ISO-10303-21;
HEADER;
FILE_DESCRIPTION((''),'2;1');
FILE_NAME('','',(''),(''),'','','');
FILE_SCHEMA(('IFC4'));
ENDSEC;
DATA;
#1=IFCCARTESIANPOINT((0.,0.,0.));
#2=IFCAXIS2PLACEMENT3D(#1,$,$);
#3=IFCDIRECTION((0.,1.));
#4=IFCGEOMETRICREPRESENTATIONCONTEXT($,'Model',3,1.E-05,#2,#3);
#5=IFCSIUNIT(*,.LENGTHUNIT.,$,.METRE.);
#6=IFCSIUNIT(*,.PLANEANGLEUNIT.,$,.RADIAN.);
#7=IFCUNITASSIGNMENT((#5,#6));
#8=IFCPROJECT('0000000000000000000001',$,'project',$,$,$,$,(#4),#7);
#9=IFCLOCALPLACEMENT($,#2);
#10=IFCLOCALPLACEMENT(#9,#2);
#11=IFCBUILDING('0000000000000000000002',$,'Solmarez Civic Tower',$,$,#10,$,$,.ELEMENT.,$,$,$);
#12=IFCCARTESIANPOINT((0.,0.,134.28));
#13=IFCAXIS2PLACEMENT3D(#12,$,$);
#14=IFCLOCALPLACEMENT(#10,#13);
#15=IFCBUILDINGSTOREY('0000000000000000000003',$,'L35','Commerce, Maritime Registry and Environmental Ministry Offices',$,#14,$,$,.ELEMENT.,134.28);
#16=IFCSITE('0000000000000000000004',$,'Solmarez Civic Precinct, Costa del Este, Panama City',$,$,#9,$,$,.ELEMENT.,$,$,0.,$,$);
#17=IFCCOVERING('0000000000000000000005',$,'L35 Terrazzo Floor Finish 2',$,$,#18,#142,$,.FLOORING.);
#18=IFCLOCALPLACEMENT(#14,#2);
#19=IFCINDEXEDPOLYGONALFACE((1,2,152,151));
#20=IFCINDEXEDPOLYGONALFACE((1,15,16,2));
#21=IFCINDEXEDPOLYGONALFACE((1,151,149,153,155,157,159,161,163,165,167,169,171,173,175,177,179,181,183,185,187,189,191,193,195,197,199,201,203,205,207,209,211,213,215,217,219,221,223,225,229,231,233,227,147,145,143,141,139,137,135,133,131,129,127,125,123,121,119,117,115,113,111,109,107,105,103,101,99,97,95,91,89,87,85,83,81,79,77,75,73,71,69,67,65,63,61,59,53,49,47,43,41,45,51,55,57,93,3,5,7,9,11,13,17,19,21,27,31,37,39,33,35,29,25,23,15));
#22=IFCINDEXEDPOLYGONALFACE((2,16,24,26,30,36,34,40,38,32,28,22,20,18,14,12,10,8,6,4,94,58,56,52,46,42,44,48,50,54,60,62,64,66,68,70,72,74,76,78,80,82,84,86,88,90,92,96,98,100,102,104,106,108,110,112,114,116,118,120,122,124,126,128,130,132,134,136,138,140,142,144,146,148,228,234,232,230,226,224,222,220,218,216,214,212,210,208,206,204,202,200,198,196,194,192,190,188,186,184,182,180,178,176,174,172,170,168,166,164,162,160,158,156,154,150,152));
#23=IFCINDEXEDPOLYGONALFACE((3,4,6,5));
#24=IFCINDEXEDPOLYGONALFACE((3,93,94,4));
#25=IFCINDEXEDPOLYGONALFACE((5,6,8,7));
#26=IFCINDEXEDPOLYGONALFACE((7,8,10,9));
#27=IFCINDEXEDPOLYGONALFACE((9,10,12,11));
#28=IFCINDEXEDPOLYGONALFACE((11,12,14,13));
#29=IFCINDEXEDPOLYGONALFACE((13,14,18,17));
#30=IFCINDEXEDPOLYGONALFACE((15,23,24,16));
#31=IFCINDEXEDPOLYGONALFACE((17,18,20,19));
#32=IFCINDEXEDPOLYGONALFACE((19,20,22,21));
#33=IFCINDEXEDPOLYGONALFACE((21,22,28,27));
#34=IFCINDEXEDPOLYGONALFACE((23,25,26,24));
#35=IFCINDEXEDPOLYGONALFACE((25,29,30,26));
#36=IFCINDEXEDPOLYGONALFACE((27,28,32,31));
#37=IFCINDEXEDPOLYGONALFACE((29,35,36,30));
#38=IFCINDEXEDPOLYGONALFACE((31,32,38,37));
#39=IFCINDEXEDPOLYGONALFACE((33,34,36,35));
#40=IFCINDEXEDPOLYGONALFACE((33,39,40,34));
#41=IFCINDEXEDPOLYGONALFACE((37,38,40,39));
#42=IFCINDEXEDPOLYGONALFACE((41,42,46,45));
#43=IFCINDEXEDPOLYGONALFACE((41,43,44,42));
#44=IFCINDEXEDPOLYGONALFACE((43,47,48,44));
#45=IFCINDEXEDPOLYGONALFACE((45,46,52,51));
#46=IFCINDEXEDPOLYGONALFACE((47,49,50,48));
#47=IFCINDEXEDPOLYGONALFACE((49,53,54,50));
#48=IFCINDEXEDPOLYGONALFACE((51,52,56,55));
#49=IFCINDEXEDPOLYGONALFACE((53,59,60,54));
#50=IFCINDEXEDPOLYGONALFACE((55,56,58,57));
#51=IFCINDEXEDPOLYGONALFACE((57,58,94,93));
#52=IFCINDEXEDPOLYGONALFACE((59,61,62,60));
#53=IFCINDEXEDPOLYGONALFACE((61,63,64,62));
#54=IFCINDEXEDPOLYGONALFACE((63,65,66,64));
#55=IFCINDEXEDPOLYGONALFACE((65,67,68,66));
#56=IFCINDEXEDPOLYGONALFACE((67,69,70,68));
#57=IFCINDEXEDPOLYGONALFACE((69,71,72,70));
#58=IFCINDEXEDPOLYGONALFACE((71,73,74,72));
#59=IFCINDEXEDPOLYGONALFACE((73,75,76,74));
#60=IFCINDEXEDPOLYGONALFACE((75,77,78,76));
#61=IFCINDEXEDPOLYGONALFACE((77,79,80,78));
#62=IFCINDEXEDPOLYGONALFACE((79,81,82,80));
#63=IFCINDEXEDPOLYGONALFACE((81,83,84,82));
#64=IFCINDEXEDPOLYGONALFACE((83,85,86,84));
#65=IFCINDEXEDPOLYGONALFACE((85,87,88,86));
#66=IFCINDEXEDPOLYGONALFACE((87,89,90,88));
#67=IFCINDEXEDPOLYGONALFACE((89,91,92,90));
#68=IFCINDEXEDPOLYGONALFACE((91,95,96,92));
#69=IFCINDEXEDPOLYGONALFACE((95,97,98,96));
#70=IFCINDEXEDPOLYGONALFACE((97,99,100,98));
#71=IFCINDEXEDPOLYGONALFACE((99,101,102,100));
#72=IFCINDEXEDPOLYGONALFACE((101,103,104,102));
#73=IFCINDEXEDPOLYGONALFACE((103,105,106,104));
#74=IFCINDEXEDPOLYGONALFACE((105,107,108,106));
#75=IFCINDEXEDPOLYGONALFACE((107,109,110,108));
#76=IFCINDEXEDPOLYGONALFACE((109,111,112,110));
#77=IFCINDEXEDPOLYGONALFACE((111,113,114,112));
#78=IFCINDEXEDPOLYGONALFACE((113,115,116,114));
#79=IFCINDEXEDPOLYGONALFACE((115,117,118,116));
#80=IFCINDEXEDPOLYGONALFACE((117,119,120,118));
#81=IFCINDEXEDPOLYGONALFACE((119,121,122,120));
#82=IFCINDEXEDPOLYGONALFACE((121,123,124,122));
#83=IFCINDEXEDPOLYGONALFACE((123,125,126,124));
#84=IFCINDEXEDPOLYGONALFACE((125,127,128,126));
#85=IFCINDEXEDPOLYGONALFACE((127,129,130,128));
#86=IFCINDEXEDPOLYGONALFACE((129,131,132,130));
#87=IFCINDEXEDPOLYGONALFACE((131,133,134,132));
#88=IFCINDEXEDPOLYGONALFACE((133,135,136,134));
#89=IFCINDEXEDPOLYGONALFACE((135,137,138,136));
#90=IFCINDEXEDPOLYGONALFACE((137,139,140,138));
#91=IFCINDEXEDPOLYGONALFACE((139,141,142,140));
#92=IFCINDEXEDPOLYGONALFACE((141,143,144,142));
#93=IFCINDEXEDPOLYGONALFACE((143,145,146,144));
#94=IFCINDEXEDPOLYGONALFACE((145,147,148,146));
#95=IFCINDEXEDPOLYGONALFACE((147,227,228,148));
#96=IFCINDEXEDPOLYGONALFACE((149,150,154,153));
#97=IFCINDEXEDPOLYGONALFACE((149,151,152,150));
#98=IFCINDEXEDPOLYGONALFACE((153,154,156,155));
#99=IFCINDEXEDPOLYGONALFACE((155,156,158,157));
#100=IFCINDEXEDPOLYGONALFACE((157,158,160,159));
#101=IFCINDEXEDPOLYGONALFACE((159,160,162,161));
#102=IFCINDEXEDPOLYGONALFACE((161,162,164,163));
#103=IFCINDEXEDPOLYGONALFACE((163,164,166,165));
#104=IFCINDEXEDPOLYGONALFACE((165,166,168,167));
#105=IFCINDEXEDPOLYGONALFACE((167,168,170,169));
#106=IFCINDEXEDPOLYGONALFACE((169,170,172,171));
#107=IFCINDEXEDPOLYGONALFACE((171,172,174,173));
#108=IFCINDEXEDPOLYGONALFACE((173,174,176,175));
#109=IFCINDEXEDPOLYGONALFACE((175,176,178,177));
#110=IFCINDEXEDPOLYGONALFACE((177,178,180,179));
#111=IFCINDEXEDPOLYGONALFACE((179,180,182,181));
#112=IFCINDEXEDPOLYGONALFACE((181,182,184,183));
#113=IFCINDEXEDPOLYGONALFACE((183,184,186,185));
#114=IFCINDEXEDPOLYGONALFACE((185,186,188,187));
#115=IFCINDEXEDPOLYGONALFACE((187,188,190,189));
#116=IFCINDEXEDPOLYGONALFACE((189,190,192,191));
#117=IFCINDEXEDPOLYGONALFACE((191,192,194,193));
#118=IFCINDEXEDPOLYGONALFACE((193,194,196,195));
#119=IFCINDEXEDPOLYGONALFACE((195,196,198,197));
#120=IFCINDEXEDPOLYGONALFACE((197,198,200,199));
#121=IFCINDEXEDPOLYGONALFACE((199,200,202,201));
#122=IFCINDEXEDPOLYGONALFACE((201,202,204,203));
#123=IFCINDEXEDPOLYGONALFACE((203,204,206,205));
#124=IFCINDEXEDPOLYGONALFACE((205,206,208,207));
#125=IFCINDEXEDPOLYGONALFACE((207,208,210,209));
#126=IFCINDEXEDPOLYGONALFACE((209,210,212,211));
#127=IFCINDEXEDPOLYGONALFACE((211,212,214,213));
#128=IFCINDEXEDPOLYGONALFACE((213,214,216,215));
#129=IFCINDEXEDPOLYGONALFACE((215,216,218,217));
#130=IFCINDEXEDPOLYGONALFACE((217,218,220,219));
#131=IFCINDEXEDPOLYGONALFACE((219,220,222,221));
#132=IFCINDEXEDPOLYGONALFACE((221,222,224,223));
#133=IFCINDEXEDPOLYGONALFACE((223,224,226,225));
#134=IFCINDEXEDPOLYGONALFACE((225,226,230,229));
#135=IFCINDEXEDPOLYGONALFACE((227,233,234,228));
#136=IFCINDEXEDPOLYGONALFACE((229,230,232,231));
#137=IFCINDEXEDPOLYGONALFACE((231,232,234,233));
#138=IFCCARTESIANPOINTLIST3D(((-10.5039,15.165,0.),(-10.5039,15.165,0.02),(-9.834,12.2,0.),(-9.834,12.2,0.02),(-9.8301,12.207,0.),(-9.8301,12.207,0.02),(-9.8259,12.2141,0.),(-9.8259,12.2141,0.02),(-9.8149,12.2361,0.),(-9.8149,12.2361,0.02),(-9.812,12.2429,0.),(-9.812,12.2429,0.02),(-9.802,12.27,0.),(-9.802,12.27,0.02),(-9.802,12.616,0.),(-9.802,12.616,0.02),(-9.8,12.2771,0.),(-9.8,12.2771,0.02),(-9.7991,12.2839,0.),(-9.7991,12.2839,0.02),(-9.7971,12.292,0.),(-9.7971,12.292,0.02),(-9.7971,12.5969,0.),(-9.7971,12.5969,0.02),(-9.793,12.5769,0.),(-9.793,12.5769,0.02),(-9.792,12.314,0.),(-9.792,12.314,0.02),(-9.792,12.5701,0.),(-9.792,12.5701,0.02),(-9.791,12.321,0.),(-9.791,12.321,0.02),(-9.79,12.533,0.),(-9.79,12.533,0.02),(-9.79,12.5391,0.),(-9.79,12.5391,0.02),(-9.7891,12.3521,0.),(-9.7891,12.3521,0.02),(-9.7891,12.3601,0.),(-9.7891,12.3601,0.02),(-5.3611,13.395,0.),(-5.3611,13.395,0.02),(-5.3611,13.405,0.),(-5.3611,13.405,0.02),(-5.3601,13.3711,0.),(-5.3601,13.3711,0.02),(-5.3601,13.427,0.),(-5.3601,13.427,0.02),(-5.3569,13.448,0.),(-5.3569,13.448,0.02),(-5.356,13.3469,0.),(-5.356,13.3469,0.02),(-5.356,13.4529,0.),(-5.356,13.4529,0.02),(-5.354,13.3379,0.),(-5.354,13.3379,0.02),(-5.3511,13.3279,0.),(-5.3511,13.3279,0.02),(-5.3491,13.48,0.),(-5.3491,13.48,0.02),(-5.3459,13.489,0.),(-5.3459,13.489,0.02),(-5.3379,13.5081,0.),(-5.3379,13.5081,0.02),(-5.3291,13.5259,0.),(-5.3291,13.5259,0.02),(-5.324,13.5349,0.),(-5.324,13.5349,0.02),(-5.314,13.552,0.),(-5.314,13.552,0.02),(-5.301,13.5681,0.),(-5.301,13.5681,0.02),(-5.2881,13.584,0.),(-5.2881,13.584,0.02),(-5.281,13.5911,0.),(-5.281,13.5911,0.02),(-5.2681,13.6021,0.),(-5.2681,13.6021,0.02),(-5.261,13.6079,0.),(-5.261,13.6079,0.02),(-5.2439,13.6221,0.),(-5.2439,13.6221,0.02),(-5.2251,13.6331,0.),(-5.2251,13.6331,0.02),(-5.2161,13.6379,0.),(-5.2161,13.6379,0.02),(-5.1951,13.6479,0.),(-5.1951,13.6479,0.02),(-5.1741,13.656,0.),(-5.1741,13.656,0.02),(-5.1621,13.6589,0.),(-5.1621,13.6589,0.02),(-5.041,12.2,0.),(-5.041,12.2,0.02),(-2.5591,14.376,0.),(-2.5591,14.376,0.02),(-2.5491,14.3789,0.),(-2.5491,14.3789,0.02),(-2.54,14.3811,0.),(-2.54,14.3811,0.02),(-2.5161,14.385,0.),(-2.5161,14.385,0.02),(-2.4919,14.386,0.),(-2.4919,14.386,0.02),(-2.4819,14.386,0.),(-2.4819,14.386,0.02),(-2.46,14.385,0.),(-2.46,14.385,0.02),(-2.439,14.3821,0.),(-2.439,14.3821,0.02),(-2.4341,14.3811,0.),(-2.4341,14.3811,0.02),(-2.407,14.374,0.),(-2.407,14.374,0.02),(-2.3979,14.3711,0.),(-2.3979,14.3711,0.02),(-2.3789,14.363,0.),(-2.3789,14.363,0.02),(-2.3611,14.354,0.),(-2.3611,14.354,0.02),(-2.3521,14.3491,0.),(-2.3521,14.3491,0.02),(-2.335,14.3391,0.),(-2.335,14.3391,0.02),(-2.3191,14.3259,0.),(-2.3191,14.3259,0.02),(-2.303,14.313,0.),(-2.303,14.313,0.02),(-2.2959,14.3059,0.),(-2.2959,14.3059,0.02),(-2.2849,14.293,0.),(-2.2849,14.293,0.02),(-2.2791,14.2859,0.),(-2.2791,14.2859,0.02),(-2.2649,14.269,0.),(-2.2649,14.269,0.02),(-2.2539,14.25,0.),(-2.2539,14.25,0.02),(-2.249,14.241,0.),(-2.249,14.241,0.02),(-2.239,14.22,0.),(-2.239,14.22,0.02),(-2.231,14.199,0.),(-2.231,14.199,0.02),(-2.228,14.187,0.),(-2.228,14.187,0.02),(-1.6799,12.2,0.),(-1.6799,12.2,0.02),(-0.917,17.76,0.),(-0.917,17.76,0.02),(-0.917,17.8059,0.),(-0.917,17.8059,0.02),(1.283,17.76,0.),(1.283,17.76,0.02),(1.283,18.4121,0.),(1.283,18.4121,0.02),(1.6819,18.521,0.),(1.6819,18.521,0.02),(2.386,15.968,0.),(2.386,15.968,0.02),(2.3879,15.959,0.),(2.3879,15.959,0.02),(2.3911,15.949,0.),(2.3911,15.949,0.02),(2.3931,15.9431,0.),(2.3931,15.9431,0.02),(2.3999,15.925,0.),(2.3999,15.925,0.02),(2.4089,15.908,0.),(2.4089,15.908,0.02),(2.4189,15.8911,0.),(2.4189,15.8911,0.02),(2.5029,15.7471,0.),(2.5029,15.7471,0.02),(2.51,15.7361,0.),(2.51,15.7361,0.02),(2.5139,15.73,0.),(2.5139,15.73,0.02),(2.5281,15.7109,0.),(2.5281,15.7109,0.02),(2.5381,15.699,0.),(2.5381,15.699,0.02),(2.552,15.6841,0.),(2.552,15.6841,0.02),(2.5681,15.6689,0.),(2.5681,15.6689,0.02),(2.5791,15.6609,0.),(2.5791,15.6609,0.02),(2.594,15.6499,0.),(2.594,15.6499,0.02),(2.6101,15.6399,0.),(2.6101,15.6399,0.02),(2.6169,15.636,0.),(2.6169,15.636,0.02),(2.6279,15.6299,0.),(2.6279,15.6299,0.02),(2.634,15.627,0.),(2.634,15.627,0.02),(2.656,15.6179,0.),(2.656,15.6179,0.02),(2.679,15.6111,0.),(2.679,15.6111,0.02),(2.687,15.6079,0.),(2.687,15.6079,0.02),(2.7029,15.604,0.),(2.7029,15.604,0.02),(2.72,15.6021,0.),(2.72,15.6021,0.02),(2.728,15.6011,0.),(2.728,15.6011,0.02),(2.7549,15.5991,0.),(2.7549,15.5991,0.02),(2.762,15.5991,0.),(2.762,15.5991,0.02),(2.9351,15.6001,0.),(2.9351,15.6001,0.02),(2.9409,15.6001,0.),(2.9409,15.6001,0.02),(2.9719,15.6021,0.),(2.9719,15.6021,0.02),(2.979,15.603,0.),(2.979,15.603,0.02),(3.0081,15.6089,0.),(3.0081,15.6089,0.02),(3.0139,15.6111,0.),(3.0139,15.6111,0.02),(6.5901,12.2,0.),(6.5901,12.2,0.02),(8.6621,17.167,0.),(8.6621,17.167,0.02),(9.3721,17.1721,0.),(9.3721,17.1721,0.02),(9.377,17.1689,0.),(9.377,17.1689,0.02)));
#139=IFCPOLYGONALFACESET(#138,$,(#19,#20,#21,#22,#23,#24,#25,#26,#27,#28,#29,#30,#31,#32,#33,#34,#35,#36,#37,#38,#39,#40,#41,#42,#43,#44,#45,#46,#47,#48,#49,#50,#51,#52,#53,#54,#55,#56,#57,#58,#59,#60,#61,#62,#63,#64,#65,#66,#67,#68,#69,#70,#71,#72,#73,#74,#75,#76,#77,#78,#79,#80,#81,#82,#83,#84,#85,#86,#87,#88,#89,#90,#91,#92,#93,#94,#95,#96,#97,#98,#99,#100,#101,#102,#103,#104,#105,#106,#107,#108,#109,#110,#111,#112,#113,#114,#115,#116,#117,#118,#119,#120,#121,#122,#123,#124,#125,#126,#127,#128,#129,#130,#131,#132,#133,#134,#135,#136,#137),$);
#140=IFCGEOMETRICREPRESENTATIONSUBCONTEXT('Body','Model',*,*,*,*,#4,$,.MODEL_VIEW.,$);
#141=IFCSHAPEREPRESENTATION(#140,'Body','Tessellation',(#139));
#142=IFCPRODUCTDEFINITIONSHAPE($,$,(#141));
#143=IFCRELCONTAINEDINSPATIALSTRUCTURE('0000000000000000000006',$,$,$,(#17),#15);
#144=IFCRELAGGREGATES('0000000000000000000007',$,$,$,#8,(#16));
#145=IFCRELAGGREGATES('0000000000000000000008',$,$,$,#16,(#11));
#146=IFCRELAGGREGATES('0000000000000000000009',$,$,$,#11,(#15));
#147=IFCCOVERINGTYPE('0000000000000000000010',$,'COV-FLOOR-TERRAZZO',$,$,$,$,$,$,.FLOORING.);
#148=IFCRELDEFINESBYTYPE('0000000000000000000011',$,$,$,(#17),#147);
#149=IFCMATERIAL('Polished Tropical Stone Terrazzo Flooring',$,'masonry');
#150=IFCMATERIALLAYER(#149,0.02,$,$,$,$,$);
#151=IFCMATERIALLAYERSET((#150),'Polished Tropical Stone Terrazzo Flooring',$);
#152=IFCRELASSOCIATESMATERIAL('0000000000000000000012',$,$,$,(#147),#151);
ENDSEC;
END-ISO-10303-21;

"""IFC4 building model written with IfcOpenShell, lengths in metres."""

from ifc_helpers import new_model, si_unit, direction, frame, origin, place, context, subcontext, project, spatial, polyline, outline, extrude, material, layer, layer_set, type_object, element, save


model = new_model("IFC4")

# Units and contexts
model_context = context("Model", 3, precision=1e-05, world=origin(), true_north=direction((0.0, 1.0)))
body_context = subcontext(model_context, "Body", "Model", "MODEL_VIEW")
ifc_project = project(units=[si_unit("LENGTHUNIT", "METRE"), si_unit("PLANEANGLEUNIT", "RADIAN")], contexts=[model_context])

# Site, building, storey
site_placement = place(None, origin())
site = spatial("IfcSite", under=ifc_project, at=site_placement, Name="Solmarez Civic Precinct, Costa del Este, Panama City", CompositionType="ELEMENT", RefElevation=0.0)
building_placement = place(site_placement, origin())
building = spatial("IfcBuilding", under=site, at=building_placement, Name="Solmarez Civic Tower", CompositionType="ELEMENT")
storey_placement = place(building_placement, frame((0.0, 0.0, 134.28)))
storey = spatial("IfcBuildingStorey", under=building, at=storey_placement, Name="L35", Description="Commerce, Maritime Registry and Environmental Ministry Offices", CompositionType="ELEMENT", Elevation=134.28)

# Covering
ifc_material_1 = material(Name="Polished Tropical Stone Terrazzo Flooring", Category="masonry")
ifc_layer_1 = layer(ifc_material_1, 0.02)
ifc_layer_set_1 = layer_set([ifc_layer_1], Name="Polished Tropical Stone Terrazzo Flooring")
covering_type_1 = type_object("IfcCoveringType", Name="COV-FLOOR-TERRAZZO", PredefinedType="FLOORING", material=ifc_layer_set_1)
covering_1_placement = place(storey_placement, origin())
element("IfcCovering", 1, at=covering_1_placement, inside=storey, type_object=covering_type_1, Name="L35 Terrazzo Floor Finish 2", PredefinedType="FLOORING", context=body_context, shape_type="SweptSolid", body=[
    extrude(outline(polyline([(-10.5039, 15.165), (-9.802, 12.616), (-9.7971, 12.5969), (-9.793, 12.5769), (-9.792, 12.5701), (-9.79, 12.5391), (-9.79, 12.533), (-9.7891, 12.3601), (-9.7891, 12.3521), (-9.791, 12.321), (-9.792, 12.314), (-9.7971, 12.292), (-9.7991, 12.2839), (-9.8, 12.2771), (-9.802, 12.27), (-9.812, 12.2429), (-9.8149, 12.2361), (-9.8259, 12.2141), (-9.8301, 12.207), (-9.834, 12.2), (-5.041, 12.2), (-5.3511, 13.3279), (-5.354, 13.3379), (-5.356, 13.3469), (-5.3601, 13.3711), (-5.3611, 13.395), (-5.3611, 13.405), (-5.3601, 13.427), (-5.3569, 13.448), (-5.356, 13.4529), (-5.3491, 13.48), (-5.3459, 13.489), (-5.3379, 13.5081), (-5.3291, 13.5259), (-5.324, 13.5349), (-5.314, 13.552), (-5.301, 13.5681), (-5.2881, 13.584), (-5.281, 13.5911), (-5.2681, 13.6021), (-5.261, 13.6079), (-5.2439, 13.6221), (-5.2251, 13.6331), (-5.2161, 13.6379), (-5.1951, 13.6479), (-5.1741, 13.656), (-5.1621, 13.6589), (-2.5591, 14.376), (-2.5491, 14.3789), (-2.54, 14.3811), (-2.5161, 14.385), (-2.4919, 14.386), (-2.4819, 14.386), (-2.46, 14.385), (-2.439, 14.3821), (-2.4341, 14.3811), (-2.407, 14.374), (-2.3979, 14.3711), (-2.3789, 14.363), (-2.3611, 14.354), (-2.3521, 14.3491), (-2.335, 14.3391), (-2.3191, 14.3259), (-2.303, 14.313), (-2.2959, 14.3059), (-2.2849, 14.293), (-2.2791, 14.2859), (-2.2649, 14.269), (-2.2539, 14.25), (-2.249, 14.241), (-2.239, 14.22), (-2.231, 14.199), (-2.228, 14.187), (-1.6799, 12.2), (6.5901, 12.2), (9.377, 17.1689), (9.3721, 17.1721), (8.6621, 17.167), (3.0139, 15.6111), (3.0081, 15.6089), (2.979, 15.603), (2.9719, 15.6021), (2.9409, 15.6001), (2.9351, 15.6001), (2.762, 15.5991), (2.7549, 15.5991), (2.728, 15.6011), (2.72, 15.6021), (2.7029, 15.604), (2.687, 15.6079), (2.679, 15.6111), (2.656, 15.6179), (2.634, 15.627), (2.6279, 15.6299), (2.6169, 15.636), (2.6101, 15.6399), (2.594, 15.6499), (2.5791, 15.6609), (2.5681, 15.6689), (2.552, 15.6841), (2.5381, 15.699), (2.5281, 15.7109), (2.5139, 15.73), (2.51, 15.7361), (2.5029, 15.7471), (2.4189, 15.8911), (2.4089, 15.908), (2.3999, 15.925), (2.3931, 15.9431), (2.3911, 15.949), (2.3879, 15.959), (2.386, 15.968), (1.6819, 18.521), (1.283, 18.4121), (1.283, 17.76), (-0.917, 17.76), (-0.917, 17.8059), (-10.5039, 15.165)])), origin(), (0.0, 0.0, 1.0), 0.02),
])

save(model, "model.ifc")
